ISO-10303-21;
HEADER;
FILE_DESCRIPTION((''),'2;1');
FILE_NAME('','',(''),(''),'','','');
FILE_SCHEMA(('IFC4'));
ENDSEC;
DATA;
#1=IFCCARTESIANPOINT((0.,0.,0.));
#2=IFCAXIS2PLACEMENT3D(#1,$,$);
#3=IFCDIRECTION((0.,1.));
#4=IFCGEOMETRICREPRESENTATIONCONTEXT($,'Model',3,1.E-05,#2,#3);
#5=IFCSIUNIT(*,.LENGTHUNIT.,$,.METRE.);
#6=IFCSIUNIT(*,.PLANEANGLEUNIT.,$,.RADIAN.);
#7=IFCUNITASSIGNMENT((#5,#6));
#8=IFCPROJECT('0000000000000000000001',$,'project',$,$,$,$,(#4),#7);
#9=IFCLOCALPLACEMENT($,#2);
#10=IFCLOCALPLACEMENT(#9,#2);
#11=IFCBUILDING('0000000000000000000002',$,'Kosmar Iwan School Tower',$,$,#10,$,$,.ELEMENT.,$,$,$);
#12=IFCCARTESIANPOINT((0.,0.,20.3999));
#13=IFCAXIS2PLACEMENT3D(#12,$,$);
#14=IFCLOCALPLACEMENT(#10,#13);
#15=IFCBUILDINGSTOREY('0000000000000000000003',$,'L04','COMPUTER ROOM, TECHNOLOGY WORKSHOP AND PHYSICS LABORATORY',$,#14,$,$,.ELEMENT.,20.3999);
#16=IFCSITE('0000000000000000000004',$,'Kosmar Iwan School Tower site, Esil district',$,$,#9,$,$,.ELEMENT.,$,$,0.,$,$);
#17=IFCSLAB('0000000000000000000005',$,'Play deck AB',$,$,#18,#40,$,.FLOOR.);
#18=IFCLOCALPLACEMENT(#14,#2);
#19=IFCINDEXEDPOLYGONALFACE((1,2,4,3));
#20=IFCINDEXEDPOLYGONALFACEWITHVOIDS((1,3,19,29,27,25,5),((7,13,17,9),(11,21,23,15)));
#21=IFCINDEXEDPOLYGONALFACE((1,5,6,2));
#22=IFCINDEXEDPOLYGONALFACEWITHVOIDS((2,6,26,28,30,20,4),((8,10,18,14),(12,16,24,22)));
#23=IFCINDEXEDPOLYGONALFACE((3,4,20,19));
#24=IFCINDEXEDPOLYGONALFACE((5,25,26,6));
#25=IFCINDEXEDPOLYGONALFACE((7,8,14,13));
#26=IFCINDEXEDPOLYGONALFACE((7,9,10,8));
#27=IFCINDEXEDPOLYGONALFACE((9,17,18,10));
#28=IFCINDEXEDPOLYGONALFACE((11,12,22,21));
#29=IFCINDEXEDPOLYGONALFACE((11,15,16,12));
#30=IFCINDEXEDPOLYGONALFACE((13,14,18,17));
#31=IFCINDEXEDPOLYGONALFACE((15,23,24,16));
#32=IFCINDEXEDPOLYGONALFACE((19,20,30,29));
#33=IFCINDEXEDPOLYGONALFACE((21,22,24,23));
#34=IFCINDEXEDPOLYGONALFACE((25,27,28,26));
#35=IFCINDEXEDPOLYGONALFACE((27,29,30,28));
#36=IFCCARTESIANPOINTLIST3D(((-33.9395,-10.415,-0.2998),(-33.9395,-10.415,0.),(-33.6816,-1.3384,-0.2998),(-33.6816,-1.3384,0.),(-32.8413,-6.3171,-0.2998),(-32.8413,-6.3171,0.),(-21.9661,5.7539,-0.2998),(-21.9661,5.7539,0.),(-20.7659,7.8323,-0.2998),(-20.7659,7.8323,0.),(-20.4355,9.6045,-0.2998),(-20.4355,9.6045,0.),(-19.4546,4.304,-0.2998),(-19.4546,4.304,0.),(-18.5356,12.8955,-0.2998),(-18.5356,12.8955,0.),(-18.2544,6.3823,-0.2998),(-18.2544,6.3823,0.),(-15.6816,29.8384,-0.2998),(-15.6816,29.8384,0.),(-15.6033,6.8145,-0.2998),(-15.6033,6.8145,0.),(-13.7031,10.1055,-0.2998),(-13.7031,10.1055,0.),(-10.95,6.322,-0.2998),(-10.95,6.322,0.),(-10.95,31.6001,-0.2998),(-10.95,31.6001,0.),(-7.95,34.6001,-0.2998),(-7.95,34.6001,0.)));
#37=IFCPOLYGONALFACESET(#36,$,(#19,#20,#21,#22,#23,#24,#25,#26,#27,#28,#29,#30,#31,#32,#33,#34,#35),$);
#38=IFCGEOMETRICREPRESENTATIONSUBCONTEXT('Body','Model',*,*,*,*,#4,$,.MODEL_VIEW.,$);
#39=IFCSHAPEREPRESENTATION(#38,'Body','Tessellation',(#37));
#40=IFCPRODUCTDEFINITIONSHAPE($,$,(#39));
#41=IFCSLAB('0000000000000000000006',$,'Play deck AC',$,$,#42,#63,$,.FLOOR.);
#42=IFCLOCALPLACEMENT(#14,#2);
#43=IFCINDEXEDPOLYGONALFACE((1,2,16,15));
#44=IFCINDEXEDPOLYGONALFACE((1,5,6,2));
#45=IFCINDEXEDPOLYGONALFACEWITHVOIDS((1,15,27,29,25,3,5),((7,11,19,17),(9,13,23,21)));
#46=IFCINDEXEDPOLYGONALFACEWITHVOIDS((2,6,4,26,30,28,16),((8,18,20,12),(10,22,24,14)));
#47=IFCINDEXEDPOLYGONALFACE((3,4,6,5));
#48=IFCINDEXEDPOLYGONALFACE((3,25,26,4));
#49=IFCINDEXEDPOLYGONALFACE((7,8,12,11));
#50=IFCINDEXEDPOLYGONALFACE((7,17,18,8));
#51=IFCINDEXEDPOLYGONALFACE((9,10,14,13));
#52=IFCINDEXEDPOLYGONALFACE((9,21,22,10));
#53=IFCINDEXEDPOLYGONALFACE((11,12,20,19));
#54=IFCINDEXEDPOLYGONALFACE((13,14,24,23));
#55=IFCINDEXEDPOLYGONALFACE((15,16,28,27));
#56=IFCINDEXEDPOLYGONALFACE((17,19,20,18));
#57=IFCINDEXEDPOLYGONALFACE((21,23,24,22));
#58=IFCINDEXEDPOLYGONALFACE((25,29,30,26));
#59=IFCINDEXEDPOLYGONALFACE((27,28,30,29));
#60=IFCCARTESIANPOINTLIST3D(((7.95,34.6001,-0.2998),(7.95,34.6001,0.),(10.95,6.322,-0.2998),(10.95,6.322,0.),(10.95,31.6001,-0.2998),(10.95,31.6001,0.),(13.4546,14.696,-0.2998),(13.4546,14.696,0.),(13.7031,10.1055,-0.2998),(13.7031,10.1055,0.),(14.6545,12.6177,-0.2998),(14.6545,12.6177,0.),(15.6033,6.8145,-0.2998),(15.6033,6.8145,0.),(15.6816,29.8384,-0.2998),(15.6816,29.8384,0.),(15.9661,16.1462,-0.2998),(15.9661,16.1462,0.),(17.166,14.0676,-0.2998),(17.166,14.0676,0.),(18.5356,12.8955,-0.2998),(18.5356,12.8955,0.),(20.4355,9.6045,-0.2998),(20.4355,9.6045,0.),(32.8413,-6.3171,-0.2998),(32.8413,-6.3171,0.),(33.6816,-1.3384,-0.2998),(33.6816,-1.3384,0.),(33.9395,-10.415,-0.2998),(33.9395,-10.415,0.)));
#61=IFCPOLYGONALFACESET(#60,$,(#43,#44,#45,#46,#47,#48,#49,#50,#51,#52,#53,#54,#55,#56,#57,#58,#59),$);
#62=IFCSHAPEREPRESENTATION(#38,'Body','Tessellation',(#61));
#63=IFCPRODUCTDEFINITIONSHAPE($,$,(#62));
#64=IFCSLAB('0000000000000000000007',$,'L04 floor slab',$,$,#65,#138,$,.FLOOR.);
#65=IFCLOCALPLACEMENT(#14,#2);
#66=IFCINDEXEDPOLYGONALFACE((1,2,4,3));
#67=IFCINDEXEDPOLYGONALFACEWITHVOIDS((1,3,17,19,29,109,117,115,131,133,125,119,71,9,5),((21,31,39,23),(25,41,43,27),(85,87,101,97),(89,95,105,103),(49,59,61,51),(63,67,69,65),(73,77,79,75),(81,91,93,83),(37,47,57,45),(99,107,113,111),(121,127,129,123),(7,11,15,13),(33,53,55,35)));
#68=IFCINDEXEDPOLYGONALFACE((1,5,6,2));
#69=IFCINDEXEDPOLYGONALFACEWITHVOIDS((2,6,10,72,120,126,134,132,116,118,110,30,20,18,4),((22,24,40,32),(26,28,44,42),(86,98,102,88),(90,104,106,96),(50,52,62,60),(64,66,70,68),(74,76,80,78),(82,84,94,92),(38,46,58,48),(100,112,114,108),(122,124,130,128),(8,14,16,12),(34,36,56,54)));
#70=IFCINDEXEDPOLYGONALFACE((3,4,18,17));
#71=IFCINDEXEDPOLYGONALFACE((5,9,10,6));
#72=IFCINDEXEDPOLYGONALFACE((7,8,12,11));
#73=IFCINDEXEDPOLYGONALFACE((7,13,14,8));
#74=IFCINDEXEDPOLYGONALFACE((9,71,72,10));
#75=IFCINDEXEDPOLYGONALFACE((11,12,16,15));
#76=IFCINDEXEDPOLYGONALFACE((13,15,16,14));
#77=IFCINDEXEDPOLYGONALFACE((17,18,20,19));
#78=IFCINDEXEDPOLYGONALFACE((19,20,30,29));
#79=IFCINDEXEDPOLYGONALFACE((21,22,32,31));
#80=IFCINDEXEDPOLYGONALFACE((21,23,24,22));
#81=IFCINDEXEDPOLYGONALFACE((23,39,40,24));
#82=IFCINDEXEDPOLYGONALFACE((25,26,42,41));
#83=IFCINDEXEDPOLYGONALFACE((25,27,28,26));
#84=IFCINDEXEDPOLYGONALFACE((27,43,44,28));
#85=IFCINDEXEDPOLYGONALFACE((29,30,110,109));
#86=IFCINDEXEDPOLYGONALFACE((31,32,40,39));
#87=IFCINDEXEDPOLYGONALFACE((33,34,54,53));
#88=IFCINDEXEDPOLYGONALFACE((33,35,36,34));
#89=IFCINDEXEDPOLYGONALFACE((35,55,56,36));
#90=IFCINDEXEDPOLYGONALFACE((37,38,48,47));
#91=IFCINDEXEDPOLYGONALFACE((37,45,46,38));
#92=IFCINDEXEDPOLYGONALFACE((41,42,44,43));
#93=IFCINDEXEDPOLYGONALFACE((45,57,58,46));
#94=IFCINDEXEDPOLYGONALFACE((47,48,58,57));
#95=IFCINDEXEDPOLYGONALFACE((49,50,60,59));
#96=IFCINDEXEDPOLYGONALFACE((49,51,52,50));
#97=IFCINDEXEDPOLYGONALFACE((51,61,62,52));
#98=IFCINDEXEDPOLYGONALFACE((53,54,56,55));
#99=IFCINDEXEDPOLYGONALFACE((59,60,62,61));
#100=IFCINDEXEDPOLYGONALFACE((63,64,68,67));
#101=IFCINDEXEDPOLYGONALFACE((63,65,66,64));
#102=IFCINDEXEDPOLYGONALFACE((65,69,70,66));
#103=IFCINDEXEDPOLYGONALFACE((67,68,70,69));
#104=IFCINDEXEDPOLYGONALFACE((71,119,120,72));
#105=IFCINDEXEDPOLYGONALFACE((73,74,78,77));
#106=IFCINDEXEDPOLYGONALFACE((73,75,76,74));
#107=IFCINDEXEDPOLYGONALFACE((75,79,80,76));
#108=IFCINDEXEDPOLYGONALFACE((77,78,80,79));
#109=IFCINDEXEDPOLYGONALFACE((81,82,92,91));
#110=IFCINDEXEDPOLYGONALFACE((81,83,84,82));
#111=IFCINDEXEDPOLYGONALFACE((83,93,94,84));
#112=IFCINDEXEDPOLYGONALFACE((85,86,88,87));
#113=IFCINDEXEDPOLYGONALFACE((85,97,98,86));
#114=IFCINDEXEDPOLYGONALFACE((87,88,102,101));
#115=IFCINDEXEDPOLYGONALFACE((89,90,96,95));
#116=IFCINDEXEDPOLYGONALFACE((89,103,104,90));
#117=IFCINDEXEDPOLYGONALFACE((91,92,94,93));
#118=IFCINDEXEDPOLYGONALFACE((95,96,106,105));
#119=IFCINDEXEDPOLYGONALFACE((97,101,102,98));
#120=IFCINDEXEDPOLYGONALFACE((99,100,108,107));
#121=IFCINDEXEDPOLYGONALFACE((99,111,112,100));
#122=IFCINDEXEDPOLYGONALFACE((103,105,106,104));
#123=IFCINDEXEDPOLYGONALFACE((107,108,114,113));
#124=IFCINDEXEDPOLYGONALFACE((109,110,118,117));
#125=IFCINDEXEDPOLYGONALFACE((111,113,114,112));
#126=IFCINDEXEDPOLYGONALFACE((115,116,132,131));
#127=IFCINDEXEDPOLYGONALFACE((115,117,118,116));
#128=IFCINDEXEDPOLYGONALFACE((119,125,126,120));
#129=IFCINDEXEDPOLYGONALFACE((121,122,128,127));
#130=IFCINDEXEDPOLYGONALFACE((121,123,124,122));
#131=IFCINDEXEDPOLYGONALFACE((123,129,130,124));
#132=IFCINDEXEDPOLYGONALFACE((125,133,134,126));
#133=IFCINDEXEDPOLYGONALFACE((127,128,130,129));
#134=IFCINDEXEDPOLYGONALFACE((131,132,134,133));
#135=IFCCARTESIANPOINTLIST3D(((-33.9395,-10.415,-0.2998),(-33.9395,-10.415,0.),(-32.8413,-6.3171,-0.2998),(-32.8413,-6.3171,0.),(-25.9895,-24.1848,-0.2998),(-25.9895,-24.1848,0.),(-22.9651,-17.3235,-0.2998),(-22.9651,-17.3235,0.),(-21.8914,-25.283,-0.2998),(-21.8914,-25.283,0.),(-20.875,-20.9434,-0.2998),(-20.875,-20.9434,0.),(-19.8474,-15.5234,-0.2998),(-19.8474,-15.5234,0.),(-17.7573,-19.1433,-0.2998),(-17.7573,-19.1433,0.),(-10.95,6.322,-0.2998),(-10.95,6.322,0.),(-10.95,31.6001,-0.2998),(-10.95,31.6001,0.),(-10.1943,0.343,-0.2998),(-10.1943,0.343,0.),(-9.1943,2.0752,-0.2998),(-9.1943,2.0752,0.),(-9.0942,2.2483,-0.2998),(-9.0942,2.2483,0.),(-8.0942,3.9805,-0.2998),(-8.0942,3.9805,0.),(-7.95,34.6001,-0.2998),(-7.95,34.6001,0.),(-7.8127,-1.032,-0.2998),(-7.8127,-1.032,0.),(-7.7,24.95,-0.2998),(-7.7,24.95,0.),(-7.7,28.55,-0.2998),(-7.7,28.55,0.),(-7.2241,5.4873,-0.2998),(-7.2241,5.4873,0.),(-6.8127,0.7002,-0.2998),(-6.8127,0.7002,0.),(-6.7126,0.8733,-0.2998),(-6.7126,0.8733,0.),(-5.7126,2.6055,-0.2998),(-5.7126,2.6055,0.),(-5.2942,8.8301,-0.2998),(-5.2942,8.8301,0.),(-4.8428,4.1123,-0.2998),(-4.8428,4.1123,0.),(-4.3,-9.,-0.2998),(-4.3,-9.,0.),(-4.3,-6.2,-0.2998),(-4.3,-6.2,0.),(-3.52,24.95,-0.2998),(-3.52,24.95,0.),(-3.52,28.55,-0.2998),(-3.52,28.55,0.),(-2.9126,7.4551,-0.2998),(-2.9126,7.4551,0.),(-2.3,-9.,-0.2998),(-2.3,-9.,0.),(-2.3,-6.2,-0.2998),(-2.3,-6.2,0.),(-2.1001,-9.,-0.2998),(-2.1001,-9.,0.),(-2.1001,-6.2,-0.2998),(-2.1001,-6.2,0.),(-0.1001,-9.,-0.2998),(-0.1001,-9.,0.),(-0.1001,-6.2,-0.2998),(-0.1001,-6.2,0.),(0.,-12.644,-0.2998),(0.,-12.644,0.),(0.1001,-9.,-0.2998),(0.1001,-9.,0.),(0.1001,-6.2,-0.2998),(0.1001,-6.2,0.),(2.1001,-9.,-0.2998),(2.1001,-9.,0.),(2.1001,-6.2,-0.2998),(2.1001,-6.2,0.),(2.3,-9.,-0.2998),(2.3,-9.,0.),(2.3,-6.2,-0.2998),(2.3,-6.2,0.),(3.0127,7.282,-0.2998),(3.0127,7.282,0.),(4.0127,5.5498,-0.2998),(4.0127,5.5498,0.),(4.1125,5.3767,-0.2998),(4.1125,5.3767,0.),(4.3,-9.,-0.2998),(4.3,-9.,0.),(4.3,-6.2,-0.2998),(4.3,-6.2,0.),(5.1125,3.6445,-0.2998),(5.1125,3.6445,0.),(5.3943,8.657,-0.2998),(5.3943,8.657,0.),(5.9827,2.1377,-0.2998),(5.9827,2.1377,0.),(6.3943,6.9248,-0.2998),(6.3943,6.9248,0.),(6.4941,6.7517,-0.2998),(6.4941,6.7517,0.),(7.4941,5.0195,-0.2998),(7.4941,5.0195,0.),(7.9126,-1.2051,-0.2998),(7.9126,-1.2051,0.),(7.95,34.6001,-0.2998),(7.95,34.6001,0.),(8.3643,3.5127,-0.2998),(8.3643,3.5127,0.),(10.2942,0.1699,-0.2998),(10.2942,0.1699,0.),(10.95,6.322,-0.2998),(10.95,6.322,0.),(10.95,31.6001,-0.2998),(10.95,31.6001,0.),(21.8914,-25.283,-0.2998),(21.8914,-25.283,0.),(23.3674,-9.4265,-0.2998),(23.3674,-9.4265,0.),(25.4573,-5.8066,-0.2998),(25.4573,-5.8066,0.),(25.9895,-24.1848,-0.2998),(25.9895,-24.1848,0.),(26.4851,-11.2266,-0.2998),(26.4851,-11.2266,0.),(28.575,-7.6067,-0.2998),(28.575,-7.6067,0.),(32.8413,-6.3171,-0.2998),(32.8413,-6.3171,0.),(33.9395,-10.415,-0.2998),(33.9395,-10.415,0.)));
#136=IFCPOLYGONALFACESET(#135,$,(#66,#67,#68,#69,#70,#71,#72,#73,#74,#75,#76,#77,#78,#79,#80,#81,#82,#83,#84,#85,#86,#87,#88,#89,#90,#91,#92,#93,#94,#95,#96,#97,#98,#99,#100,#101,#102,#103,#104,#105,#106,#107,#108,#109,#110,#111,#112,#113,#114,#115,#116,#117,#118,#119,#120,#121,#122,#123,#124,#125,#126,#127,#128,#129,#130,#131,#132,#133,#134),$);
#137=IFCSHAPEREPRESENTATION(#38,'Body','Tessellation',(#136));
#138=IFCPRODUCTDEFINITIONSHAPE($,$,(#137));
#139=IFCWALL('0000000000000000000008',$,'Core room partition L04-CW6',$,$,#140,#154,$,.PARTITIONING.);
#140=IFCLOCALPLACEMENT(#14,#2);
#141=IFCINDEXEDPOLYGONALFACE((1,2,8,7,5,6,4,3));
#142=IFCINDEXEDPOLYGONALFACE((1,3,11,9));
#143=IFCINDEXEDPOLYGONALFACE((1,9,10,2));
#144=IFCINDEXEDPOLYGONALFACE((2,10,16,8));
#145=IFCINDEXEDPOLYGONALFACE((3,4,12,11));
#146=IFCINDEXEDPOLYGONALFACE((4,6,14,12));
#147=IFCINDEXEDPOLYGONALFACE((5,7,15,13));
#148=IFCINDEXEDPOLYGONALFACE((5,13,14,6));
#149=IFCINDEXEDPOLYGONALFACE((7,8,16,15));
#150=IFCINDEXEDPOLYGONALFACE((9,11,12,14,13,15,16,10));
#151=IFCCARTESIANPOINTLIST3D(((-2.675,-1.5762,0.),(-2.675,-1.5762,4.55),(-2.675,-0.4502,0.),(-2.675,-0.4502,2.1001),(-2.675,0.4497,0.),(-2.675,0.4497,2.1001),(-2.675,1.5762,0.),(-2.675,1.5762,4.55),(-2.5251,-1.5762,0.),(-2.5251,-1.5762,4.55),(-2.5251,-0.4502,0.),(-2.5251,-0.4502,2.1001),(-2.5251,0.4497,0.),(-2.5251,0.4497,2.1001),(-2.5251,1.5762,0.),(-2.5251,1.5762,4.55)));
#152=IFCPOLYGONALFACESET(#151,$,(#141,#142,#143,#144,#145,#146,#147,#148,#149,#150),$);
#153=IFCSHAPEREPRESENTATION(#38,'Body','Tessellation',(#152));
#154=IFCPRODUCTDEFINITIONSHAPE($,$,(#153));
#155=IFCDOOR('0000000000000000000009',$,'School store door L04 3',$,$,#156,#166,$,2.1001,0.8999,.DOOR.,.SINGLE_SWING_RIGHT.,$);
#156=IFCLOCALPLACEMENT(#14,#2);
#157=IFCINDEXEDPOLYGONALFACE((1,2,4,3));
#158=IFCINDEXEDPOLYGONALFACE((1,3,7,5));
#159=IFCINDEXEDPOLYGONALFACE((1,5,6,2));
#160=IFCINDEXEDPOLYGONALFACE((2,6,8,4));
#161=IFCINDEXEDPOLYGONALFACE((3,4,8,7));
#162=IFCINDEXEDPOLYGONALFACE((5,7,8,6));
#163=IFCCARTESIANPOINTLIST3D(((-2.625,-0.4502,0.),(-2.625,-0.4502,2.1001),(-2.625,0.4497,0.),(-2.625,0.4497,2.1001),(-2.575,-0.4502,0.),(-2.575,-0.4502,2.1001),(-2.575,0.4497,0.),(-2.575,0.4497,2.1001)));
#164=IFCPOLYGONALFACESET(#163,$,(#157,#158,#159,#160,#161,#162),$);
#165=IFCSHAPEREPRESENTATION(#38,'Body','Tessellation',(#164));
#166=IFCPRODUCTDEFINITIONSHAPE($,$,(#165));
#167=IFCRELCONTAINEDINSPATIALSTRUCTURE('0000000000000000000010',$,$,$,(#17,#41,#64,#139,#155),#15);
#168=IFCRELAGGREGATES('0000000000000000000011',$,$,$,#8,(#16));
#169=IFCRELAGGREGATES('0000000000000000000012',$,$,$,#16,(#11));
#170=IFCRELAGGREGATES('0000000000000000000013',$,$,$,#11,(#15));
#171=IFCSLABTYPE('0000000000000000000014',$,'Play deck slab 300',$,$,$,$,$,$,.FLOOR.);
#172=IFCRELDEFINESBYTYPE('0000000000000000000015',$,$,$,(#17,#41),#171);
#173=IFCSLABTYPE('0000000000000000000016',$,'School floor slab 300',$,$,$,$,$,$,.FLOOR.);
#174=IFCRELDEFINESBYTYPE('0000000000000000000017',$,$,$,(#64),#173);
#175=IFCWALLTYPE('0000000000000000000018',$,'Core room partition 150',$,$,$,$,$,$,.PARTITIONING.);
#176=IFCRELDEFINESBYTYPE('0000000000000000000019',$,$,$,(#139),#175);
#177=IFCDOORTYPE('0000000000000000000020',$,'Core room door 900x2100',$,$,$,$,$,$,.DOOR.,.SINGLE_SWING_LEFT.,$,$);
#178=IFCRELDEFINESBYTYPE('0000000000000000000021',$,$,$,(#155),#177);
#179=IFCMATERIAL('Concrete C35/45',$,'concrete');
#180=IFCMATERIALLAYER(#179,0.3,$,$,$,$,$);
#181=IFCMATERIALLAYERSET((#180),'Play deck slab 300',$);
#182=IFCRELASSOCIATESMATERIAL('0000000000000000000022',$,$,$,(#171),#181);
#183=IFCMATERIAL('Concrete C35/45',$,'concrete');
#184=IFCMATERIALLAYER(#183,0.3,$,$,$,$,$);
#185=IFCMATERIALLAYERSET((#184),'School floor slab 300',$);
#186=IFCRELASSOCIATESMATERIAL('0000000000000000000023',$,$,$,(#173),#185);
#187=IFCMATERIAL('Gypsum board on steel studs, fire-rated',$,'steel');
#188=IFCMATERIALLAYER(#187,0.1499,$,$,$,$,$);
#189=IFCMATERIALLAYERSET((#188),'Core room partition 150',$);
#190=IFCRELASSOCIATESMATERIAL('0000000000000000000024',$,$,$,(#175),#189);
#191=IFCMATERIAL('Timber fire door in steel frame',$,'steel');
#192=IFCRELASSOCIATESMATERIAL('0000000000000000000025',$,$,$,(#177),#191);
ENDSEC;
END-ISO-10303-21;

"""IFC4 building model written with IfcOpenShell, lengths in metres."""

from ifc_helpers import new_model, si_unit, direction, frame, frame_2d, origin, place, context, subcontext, project, spatial, polyline, rectangle, outline, extrude, material, layer, layer_set, type_object, element, fill, save


model = new_model("IFC4")

# Units and contexts
model_context = context("Model", 3, precision=1e-05, world=origin(), true_north=direction((0.0, 1.0)))
body_context = subcontext(model_context, "Body", "Model", "MODEL_VIEW")
ifc_project = project(units=[si_unit("LENGTHUNIT", "METRE"), si_unit("PLANEANGLEUNIT", "RADIAN")], contexts=[model_context])

# Site, building, storey
site_placement = place(None, origin())
site = spatial("IfcSite", under=ifc_project, at=site_placement, Name="Kosmar Iwan School Tower site, Esil district", CompositionType="ELEMENT", RefElevation=0.0)
building_placement = place(site_placement, origin())
building = spatial("IfcBuilding", under=site, at=building_placement, Name="Kosmar Iwan School Tower", CompositionType="ELEMENT")
storey_placement = place(building_placement, frame((0.0, 0.0, 20.3999)))
storey = spatial("IfcBuildingStorey", under=building, at=storey_placement, Name="L04", Description="COMPUTER ROOM, TECHNOLOGY WORKSHOP AND PHYSICS LABORATORY", CompositionType="ELEMENT", Elevation=20.3999)

# Slabs
ifc_material_1 = material(Name="Concrete C35/45", Category="concrete")
ifc_layer_1 = layer(ifc_material_1, 0.3)
ifc_layer_set_1 = layer_set([ifc_layer_1], Name="Play deck slab 300")
slab_type_1 = type_object("IfcSlabType", Name="Play deck slab 300", PredefinedType="FLOOR", material=ifc_layer_set_1)
slab_1_placement = place(storey_placement, frame((0.0, 0.0, -0.2998)))
element("IfcSlab", 1, at=slab_1_placement, inside=storey, type_object=slab_type_1, Name="Play deck AB", PredefinedType="FLOOR", context=body_context, shape_type="SweptSolid", body=[
    extrude(outline(polyline([(-33.9395, -10.415), (-32.8413, -6.3171), (-10.95, 6.322), (-10.95, 31.6001), (-7.95, 34.6001), (-15.6816, 29.8384), (-33.6816, -1.3384), (-33.9395, -10.415)]), holes=[polyline([(-13.7031, 10.1055), (-18.5356, 12.8955), (-20.4355, 9.6045), (-15.6033, 6.8145), (-13.7031, 10.1055)]), polyline([(-18.2544, 6.3823), (-20.7659, 7.8323), (-21.9661, 5.7539), (-19.4546, 4.304), (-18.2544, 6.3823)])]), origin(), (0.0, 0.0, 1.0), 0.2998),
])
slab_2_placement = place(storey_placement, frame((0.0, 0.0, -0.2998)))
element("IfcSlab", 2, at=slab_2_placement, inside=storey, type_object=slab_type_1, Name="Play deck AC", PredefinedType="FLOOR", context=body_context, shape_type="SweptSolid", body=[
    extrude(outline(polyline([(33.9395, -10.415), (33.6816, -1.3384), (15.6816, 29.8384), (7.95, 34.6001), (10.95, 31.6001), (10.95, 6.322), (32.8413, -6.3171), (33.9395, -10.415)]), holes=[polyline([(15.6033, 6.8145), (20.4355, 9.6045), (18.5356, 12.8955), (13.7031, 10.1055), (15.6033, 6.8145)]), polyline([(14.6545, 12.6177), (17.166, 14.0676), (15.9661, 16.1462), (13.4546, 14.696), (14.6545, 12.6177)])]), origin(), (0.0, 0.0, 1.0), 0.2998),
])
ifc_material_2 = material(Name="Concrete C35/45", Category="concrete")
ifc_layer_2 = layer(ifc_material_2, 0.3)
ifc_layer_set_2 = layer_set([ifc_layer_2], Name="School floor slab 300")
slab_type_2 = type_object("IfcSlabType", Name="School floor slab 300", PredefinedType="FLOOR", material=ifc_layer_set_2)
slab_3_placement = place(storey_placement, frame((0.0, 0.0, -0.2998)))
element("IfcSlab", 3, at=slab_3_placement, inside=storey, type_object=slab_type_2, Name="L04 floor slab", PredefinedType="FLOOR", context=body_context, shape_type="SweptSolid", body=[
    extrude(outline(polyline([(-21.8914, -25.283), (0.0, -12.644), (21.8914, -25.283), (25.9895, -24.1848), (33.9395, -10.415), (32.8413, -6.3171), (10.95, 6.322), (10.95, 31.6001), (7.95, 34.6001), (-7.95, 34.6001), (-10.95, 31.6001), (-10.95, 6.322), (-32.8413, -6.3171), (-33.9395, -10.415), (-25.9895, -24.1848), (-21.8914, -25.283)]), holes=[polyline([(7.9126, -1.2051), (10.2942, 0.1699), (8.3643, 3.5127), (5.9827, 2.1377), (7.9126, -1.2051)]), polyline([(-2.9126, 7.4551), (-5.2942, 8.8301), (-7.2241, 5.4873), (-4.8428, 4.1123), (-2.9126, 7.4551)]), polyline([(-5.7126, 2.6055), (-8.0942, 3.9805), (-9.0942, 2.2483), (-6.7126, 0.8733), (-5.7126, 2.6055)]), polyline([(-6.8127, 0.7002), (-9.1943, 2.0752), (-10.1943, 0.343), (-7.8127, -1.032), (-6.8127, 0.7002)]), polyline([(5.1125, 3.6445), (7.4941, 5.0195), (6.4941, 6.7517), (4.1125, 5.3767), (5.1125, 3.6445)]), polyline([(4.0127, 5.5498), (6.3943, 6.9248), (5.3943, 8.657), (3.0127, 7.282), (4.0127, 5.5498)]), polyline([(-4.3, -6.2), (-4.3, -9.0), (-2.3, -9.0), (-2.3, -6.2), (-4.3, -6.2)]), polyline([(-2.1001, -6.2), (-2.1001, -9.0), (-0.1001, -9.0), (-0.1001, -6.2), (-2.1001, -6.2)]), polyline([(0.1001, -6.2), (0.1001, -9.0), (2.1001, -9.0), (2.1001, -6.2), (0.1001, -6.2)]), polyline([(2.3, -6.2), (2.3, -9.0), (4.3, -9.0), (4.3, -6.2), (2.3, -6.2)]), polyline([(-3.52, 24.95), (-3.52, 28.55), (-7.7, 28.55), (-7.7, 24.95), (-3.52, 24.95)]), polyline([(-19.8474, -15.5234), (-22.9651, -17.3235), (-20.875, -20.9434), (-17.7573, -19.1433), (-19.8474, -15.5234)]), polyline([(23.3674, -9.4265), (26.4851, -11.2266), (28.575, -7.6067), (25.4573, -5.8066), (23.3674, -9.4265)])]), origin(), (0.0, 0.0, 1.0), 0.2998),
])

# Wall, opening, door
ifc_material_3 = material(Name="Gypsum board on steel studs, fire-rated", Category="steel")
ifc_layer_3 = layer(ifc_material_3, 0.1499)
ifc_layer_set_3 = layer_set([ifc_layer_3], Name="Core room partition 150")
wall_type_1 = type_object("IfcWallType", Name="Core room partition 150", PredefinedType="PARTITIONING", material=ifc_layer_set_3)
wall_1_placement = place(storey_placement, frame((-2.6001, -1.5762, 0.0), z_axis=(0.0, 0.0, 1.0), x_axis=(0.0, 1.0, 0.0)))
wall_1 = element("IfcWall", 4, at=wall_1_placement, inside=storey, type_object=wall_type_1, Name="Core room partition L04-CW6", PredefinedType="PARTITIONING", context=body_context, shape_type="SweptSolid", body=[
    extrude(rectangle(XDim=3.1523, YDim=0.1499, at=frame_2d((1.5762, 0.0))), origin(), (0.0, 0.0, 1.0), 4.55),
])
opening_placement = place(wall_1_placement, frame((1.126, 0.0, 0.0)))
opening = element("IfcOpeningElement", 5, at=opening_placement, cuts=wall_1, PredefinedType="OPENING", context=body_context, shape_type="SweptSolid", body=[
    extrude(rectangle(XDim=0.8999, YDim=2.1001, at=frame_2d((0.45, 1.05))), frame((0.0, 0.0869, 0.0), z_axis=(0.0, -1.0, 0.0), x_axis=(1.0, 0.0, 0.0)), (0.0, 0.0, 1.0), 0.1738),
])
ifc_material_4 = material(Name="Timber fire door in steel frame", Category="steel")
door_type = type_object("IfcDoorType", Name="Core room door 900x2100", OperationType="SINGLE_SWING_LEFT", PredefinedType="DOOR", material=ifc_material_4)
door_placement = place(opening_placement, origin())
door = element("IfcDoor", 6, at=door_placement, inside=storey, type_object=door_type, Name="School store door L04 3", OperationType="SINGLE_SWING_RIGHT", OverallHeight=2.1001, OverallWidth=0.8999, PredefinedType="DOOR", context=body_context, shape_type="SweptSolid", body=[
    extrude(rectangle(XDim=0.8999, YDim=2.1001, at=frame_2d((0.45, 1.05))), frame((0.0, 0.0249, 0.0), z_axis=(0.0, -1.0, 0.0), x_axis=(1.0, 0.0, 0.0)), (0.0, 0.0, 1.0), 0.05),
])
fill(opening, door)

save(model, "model.ifc")
